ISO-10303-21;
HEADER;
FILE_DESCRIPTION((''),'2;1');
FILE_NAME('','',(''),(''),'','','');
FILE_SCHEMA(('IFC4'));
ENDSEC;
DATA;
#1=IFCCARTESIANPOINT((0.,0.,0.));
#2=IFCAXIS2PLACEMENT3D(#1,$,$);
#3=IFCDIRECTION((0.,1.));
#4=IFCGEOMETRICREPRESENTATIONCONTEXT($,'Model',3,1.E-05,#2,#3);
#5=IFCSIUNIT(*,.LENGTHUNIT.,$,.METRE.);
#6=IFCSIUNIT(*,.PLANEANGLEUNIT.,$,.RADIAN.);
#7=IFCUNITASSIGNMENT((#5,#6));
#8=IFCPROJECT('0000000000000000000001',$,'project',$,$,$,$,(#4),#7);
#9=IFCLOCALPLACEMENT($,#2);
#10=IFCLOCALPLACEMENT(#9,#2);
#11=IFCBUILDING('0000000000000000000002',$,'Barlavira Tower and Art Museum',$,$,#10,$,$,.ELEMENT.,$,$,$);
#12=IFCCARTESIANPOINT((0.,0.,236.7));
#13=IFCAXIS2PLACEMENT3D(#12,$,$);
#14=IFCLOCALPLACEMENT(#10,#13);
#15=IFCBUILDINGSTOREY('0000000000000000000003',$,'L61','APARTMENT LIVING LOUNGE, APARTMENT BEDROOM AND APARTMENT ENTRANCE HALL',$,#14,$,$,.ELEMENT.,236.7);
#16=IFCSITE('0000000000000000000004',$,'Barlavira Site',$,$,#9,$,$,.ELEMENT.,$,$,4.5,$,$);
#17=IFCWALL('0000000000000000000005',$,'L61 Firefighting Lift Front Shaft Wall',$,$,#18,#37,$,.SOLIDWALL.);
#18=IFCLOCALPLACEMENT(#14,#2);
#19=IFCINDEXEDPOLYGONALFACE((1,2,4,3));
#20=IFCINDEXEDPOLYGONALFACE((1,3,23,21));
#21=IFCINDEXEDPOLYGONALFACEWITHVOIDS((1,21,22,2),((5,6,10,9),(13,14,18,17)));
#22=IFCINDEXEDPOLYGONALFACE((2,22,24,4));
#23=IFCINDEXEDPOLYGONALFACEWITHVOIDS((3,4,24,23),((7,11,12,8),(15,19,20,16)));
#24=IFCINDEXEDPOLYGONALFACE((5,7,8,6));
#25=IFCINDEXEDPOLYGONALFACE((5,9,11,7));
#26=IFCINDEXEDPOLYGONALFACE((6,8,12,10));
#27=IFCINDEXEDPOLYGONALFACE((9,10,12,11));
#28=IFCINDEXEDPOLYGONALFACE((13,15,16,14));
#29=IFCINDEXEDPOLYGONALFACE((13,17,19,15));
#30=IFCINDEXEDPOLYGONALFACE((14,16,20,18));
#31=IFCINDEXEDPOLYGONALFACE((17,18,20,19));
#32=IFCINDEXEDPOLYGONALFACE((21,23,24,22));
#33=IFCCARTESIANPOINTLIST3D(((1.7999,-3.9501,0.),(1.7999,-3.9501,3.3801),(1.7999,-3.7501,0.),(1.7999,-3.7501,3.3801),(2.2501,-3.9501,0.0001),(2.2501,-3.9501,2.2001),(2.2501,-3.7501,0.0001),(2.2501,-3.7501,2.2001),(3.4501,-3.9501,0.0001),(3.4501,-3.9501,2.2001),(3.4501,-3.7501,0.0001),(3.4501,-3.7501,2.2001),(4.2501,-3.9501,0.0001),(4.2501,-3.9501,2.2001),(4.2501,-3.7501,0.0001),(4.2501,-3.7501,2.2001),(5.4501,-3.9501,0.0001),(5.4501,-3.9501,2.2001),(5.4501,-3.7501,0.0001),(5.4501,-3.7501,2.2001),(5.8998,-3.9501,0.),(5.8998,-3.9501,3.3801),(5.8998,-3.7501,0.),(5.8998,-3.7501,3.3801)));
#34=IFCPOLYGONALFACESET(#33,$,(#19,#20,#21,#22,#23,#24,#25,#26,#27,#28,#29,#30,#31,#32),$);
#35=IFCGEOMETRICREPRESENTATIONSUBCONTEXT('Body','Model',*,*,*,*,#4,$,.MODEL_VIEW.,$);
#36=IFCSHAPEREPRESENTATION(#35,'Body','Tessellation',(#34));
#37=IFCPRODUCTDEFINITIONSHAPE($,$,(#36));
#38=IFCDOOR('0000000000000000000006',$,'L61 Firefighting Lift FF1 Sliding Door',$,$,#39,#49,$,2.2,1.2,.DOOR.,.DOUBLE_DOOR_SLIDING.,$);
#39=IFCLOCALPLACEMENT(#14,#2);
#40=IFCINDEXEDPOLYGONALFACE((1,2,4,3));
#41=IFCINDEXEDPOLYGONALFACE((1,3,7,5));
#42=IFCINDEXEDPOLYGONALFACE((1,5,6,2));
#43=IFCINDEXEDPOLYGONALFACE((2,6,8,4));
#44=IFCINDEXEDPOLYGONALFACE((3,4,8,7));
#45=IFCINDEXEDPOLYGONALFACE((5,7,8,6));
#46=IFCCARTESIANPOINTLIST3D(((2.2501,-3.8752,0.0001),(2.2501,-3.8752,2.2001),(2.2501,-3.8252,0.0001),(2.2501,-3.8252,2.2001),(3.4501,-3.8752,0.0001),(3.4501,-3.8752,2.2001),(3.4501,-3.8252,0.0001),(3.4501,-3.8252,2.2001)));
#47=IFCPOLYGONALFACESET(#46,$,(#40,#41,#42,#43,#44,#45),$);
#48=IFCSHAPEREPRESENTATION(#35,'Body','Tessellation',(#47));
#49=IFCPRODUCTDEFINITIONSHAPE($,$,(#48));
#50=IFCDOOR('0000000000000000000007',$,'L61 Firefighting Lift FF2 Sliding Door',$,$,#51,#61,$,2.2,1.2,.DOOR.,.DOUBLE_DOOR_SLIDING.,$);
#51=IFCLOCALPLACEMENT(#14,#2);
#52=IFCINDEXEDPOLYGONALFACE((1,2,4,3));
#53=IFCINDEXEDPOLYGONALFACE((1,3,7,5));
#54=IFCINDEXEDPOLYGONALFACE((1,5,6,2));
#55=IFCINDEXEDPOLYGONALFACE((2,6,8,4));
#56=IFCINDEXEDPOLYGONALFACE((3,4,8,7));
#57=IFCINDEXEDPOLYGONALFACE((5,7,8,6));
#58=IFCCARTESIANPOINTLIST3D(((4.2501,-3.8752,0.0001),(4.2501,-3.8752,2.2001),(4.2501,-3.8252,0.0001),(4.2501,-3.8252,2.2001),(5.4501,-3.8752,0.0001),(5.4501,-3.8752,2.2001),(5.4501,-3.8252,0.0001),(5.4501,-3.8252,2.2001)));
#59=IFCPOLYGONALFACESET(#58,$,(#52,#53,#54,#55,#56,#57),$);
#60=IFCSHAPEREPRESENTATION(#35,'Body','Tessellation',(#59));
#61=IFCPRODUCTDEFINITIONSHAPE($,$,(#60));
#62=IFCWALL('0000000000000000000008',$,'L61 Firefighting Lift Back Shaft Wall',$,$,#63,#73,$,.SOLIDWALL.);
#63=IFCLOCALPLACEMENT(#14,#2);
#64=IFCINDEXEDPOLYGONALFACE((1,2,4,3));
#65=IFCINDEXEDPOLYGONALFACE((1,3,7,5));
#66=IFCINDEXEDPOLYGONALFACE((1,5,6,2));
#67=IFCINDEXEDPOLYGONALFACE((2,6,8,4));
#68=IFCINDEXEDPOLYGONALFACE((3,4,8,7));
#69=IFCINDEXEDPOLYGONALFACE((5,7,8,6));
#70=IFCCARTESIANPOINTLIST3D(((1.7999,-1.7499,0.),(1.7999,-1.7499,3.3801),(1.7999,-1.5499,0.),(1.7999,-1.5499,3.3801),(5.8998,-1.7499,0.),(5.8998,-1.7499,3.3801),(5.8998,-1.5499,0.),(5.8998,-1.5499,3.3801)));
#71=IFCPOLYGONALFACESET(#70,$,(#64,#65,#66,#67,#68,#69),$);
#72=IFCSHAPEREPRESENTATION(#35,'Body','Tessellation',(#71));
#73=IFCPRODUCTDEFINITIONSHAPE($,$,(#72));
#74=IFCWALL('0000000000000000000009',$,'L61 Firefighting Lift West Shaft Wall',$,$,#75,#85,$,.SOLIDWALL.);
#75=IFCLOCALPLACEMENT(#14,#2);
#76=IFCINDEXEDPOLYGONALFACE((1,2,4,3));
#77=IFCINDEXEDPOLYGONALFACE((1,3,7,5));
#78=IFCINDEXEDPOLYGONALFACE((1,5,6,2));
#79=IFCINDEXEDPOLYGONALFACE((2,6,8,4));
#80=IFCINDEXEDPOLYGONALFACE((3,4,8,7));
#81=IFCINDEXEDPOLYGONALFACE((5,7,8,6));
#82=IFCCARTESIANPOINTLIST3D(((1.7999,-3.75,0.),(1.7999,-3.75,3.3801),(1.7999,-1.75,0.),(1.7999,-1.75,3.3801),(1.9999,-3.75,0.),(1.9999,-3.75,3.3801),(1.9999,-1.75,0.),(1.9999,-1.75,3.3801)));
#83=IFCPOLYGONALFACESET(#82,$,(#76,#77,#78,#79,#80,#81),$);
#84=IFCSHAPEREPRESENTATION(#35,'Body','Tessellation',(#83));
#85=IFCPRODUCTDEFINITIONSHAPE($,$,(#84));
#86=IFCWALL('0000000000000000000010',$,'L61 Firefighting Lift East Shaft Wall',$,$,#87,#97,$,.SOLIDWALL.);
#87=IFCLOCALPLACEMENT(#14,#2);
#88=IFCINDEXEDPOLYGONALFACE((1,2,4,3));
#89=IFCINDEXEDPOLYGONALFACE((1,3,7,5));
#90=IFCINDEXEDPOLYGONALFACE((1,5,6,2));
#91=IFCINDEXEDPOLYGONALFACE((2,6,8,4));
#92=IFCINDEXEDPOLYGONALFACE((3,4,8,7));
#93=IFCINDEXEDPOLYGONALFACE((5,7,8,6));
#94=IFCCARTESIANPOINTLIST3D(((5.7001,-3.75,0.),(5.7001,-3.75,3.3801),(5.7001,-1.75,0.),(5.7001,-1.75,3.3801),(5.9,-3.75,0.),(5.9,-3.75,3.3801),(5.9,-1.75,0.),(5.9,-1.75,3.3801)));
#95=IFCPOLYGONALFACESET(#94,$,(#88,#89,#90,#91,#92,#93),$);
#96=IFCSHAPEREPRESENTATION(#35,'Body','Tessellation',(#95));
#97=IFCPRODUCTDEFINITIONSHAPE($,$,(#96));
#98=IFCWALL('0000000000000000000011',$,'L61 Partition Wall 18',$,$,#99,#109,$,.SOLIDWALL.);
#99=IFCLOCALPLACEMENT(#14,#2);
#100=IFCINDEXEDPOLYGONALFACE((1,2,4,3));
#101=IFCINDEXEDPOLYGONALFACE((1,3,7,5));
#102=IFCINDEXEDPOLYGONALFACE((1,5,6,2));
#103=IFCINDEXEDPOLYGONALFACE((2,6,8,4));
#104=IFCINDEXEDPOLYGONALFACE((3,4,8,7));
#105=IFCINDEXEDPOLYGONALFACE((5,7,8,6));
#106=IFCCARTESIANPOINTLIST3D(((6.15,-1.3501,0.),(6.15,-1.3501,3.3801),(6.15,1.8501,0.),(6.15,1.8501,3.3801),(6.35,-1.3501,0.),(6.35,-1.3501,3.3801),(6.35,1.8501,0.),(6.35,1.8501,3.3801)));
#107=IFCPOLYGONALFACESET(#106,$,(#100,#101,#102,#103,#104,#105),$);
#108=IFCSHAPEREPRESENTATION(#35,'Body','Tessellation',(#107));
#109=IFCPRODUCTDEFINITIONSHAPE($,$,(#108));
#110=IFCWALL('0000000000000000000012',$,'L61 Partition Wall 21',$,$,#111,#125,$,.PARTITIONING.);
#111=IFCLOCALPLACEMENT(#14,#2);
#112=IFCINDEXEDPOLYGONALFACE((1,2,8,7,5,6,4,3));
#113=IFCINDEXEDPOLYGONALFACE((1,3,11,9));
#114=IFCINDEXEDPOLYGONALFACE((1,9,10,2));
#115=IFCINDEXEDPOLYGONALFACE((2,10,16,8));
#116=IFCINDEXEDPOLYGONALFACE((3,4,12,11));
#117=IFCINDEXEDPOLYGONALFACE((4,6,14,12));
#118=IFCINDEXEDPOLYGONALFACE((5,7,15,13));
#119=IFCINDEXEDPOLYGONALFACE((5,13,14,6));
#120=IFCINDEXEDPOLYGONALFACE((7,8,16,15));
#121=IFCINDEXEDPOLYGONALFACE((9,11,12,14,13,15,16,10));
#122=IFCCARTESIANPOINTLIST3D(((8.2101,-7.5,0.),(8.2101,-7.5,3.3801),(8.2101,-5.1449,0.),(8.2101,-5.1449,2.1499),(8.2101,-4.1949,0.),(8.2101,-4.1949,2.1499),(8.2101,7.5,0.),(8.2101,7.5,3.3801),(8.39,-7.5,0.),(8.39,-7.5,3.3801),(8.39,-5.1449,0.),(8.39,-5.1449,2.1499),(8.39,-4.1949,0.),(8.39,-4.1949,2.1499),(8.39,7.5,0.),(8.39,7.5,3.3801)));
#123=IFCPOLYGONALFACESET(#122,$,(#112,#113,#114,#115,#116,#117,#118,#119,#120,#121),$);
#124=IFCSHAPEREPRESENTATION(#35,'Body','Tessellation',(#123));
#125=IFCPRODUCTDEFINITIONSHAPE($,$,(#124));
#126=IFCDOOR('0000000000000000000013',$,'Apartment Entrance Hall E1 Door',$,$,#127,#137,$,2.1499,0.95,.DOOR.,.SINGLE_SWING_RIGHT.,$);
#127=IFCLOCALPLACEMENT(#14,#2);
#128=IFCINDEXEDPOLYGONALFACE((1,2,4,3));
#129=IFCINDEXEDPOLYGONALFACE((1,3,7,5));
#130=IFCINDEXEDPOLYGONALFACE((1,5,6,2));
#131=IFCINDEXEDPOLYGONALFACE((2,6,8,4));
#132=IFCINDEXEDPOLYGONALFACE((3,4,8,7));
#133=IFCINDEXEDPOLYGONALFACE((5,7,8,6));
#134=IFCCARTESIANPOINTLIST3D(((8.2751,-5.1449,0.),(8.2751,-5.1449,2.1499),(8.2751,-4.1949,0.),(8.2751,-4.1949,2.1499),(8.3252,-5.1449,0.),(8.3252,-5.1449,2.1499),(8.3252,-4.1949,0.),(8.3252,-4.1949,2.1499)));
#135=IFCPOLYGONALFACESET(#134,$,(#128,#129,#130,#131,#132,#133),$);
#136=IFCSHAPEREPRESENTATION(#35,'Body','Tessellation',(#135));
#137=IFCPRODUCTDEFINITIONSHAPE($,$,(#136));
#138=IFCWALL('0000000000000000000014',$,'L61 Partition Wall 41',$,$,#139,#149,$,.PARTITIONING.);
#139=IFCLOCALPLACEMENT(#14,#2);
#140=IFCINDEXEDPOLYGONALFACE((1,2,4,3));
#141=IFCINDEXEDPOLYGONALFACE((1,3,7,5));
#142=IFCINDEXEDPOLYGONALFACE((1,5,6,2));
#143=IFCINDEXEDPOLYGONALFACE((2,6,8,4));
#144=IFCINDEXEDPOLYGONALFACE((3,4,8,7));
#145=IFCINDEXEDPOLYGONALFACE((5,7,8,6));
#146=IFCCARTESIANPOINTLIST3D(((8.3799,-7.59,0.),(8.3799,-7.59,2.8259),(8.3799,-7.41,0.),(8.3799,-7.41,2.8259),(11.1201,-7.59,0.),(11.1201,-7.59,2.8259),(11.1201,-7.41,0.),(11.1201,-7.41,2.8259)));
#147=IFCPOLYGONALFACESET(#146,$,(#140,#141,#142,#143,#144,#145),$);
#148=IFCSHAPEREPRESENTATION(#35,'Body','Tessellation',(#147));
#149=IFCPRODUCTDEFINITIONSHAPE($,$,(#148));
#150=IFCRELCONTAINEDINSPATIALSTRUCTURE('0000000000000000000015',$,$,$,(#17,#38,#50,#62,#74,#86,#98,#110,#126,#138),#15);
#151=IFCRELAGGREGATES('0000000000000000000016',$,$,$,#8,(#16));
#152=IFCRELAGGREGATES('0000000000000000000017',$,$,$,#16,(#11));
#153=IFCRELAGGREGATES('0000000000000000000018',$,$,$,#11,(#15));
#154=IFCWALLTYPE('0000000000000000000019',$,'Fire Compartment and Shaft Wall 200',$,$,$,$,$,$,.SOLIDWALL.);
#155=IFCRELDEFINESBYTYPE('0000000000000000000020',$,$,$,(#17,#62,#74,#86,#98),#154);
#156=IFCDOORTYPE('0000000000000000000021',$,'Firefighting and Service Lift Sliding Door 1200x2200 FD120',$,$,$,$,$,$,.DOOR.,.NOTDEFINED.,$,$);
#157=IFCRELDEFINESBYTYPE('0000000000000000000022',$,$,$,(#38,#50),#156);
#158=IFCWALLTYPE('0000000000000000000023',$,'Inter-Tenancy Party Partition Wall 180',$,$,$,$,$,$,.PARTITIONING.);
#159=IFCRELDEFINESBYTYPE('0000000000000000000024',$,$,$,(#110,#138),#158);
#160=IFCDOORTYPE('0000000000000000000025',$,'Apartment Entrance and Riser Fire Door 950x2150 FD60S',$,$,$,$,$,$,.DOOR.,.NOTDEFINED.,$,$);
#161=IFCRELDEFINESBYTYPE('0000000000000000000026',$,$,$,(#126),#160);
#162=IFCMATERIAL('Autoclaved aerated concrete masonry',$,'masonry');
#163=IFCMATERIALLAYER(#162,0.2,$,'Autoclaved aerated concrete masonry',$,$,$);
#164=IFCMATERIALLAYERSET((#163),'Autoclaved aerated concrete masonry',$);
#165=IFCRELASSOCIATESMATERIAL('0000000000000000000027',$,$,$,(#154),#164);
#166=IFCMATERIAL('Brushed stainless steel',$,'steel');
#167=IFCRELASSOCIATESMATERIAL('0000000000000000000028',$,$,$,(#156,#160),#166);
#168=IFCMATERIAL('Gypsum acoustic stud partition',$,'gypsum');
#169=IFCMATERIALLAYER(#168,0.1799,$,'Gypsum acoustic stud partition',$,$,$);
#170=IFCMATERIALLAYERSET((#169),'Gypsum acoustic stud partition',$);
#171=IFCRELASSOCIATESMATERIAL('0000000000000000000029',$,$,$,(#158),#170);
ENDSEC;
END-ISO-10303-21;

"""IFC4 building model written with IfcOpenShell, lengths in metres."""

from ifc_helpers import new_model, si_unit, direction, frame, frame_2d, origin, place, context, subcontext, project, spatial, rectangle, extrude, material, layer, layer_set, type_object, element, fill, save


model = new_model("IFC4")

# Units and contexts
model_context = context("Model", 3, precision=1e-05, world=origin(), true_north=direction((0.0, 1.0)))
body_context = subcontext(model_context, "Body", "Model", "MODEL_VIEW")
ifc_project = project(units=[si_unit("LENGTHUNIT", "METRE"), si_unit("PLANEANGLEUNIT", "RADIAN")], contexts=[model_context])

# Site, building, storey
site_placement = place(None, origin())
site = spatial("IfcSite", under=ifc_project, at=site_placement, Name="Barlavira Site", CompositionType="ELEMENT", RefElevation=4.5)
building_placement = place(site_placement, origin())
building = spatial("IfcBuilding", under=site, at=building_placement, Name="Barlavira Tower and Art Museum", CompositionType="ELEMENT")
storey_placement = place(building_placement, frame((0.0, 0.0, 236.7)))
storey = spatial("IfcBuildingStorey", under=building, at=storey_placement, Name="L61", Description="APARTMENT LIVING LOUNGE, APARTMENT BEDROOM AND APARTMENT ENTRANCE HALL", CompositionType="ELEMENT", Elevation=236.7)

# Shared definitions
ifc_material_1 = material(Name="Gypsum acoustic stud partition", Category="gypsum")
ifc_material_2 = material(Name="Brushed stainless steel", Category="steel")

# Wall, openings, doors
ifc_material_3 = material(Name="Autoclaved aerated concrete masonry", Category="masonry")
ifc_layer_1 = layer(ifc_material_3, 0.2, Name="Autoclaved aerated concrete masonry")
ifc_layer_set_1 = layer_set([ifc_layer_1], Name="Autoclaved aerated concrete masonry")
wall_type_1 = type_object("IfcWallType", Name="Fire Compartment and Shaft Wall 200", PredefinedType="SOLIDWALL", material=ifc_layer_set_1)
wall_1_placement = place(storey_placement, frame((1.8, -3.8501, 0.0), z_axis=(0.0, 0.0, 1.0), x_axis=(1.0, 0.0, 0.0)))
wall_1 = element("IfcWall", 1, at=wall_1_placement, inside=storey, type_object=wall_type_1, Name="L61 Firefighting Lift Front Shaft Wall", PredefinedType="SOLIDWALL", context=body_context, shape_type="SweptSolid", body=[
    extrude(rectangle(XDim=4.0999, YDim=0.2, at=frame_2d((2.0498, 0.0))), origin(), (0.0, 0.0, 1.0), 3.3801),
])
opening_1_placement = place(wall_1_placement, frame((0.45, 0.0, 0.0)))
opening_1 = element("IfcOpeningElement", 2, at=opening_1_placement, cuts=wall_1, PredefinedType="OPENING", context=body_context, shape_type="SweptSolid", body=[
    extrude(rectangle(XDim=1.2, YDim=2.2, at=frame_2d((0.6001, 1.1001))), frame((0.0, 0.1099, 0.0), z_axis=(0.0, -1.0, 0.0), x_axis=(1.0, 0.0, 0.0)), (0.0, 0.0, 1.0), 0.22),
])
opening_2_placement = place(wall_1_placement, frame((2.45, 0.0, 0.0)))
opening_2 = element("IfcOpeningElement", 3, at=opening_2_placement, cuts=wall_1, PredefinedType="OPENING", context=body_context, shape_type="SweptSolid", body=[
    extrude(rectangle(XDim=1.2, YDim=2.2, at=frame_2d((0.6001, 1.1001))), frame((0.0, 0.1099, 0.0), z_axis=(0.0, -1.0, 0.0), x_axis=(1.0, 0.0, 0.0)), (0.0, 0.0, 1.0), 0.22),
])
door_type_1 = type_object("IfcDoorType", Name="Firefighting and Service Lift Sliding Door 1200x2200 FD120", OperationType="NOTDEFINED", PredefinedType="DOOR", material=ifc_material_2)
door_1_placement = place(opening_1_placement, origin())
door_1 = element("IfcDoor", 4, at=door_1_placement, inside=storey, type_object=door_type_1, Name="L61 Firefighting Lift FF1 Sliding Door", OperationType="DOUBLE_DOOR_SLIDING", OverallHeight=2.2, OverallWidth=1.2, PredefinedType="DOOR", context=body_context, shape_type="SweptSolid", body=[
    extrude(rectangle(XDim=1.2, YDim=2.2, at=frame_2d((0.6001, 1.1001))), frame((0.0, 0.0249, 0.0), z_axis=(0.0, -1.0, 0.0), x_axis=(1.0, 0.0, 0.0)), (0.0, 0.0, 1.0), 0.05),
])
fill(opening_1, door_1)
door_2_placement = place(opening_2_placement, origin())
door_2 = element("IfcDoor", 5, at=door_2_placement, inside=storey, type_object=door_type_1, Name="L61 Firefighting Lift FF2 Sliding Door", OperationType="DOUBLE_DOOR_SLIDING", OverallHeight=2.2, OverallWidth=1.2, PredefinedType="DOOR", context=body_context, shape_type="SweptSolid", body=[
    extrude(rectangle(XDim=1.2, YDim=2.2, at=frame_2d((0.6001, 1.1001))), frame((0.0, 0.0249, 0.0), z_axis=(0.0, -1.0, 0.0), x_axis=(1.0, 0.0, 0.0)), (0.0, 0.0, 1.0), 0.05),
])
fill(opening_2, door_2)

# Walls
wall_2_placement = place(storey_placement, frame((1.8, -1.6499, 0.0), z_axis=(0.0, 0.0, 1.0), x_axis=(1.0, 0.0, 0.0)))
element("IfcWall", 6, at=wall_2_placement, inside=storey, type_object=wall_type_1, Name="L61 Firefighting Lift Back Shaft Wall", PredefinedType="SOLIDWALL", context=body_context, shape_type="SweptSolid", body=[
    extrude(rectangle(XDim=4.0999, YDim=0.2, at=frame_2d((2.0498, 0.0))), origin(), (0.0, 0.0, 1.0), 3.3801),
])
for number, where, z_axis, x_axis, name in (
    (7, (1.8999, -3.75, 0.0), (0.0, 0.0, 1.0), (0.0, 1.0, 0.0), "L61 Firefighting Lift West Shaft Wall"),
    (8, (5.8, -3.75, 0.0), (0.0, 0.0, 1.0), (0.0, 1.0, 0.0), "L61 Firefighting Lift East Shaft Wall"),
):
    element("IfcWall", number, at=place(storey_placement, frame(where, z_axis=z_axis, x_axis=x_axis)), inside=storey, type_object=wall_type_1, Name=name, PredefinedType="SOLIDWALL", context=body_context, shape_type="SweptSolid", body=[
        extrude(rectangle(XDim=2.0, YDim=0.2, at=frame_2d((1.0, 0.0))), origin(), (0.0, 0.0, 1.0), 3.3801),
    ])

# Shared definitions
door_type_2 = type_object("IfcDoorType", Name="Apartment Entrance and Riser Fire Door 950x2150 FD60S", OperationType="NOTDEFINED", PredefinedType="DOOR", material=ifc_material_2)

# Wall
wall_3_placement = place(storey_placement, frame((6.25, -1.3501, 0.0), z_axis=(0.0, 0.0, 1.0), x_axis=(0.0, 1.0, 0.0)))
element("IfcWall", 9, at=wall_3_placement, inside=storey, type_object=wall_type_1, Name="L61 Partition Wall 18", PredefinedType="SOLIDWALL", context=body_context, shape_type="SweptSolid", body=[
    extrude(rectangle(XDim=3.2002, YDim=0.2, at=frame_2d((1.6001, 0.0))), origin(), (0.0, 0.0, 1.0), 3.3801),
])

# Wall, opening, door
ifc_layer_2 = layer(ifc_material_1, 0.1799, Name="Gypsum acoustic stud partition")
ifc_layer_set_2 = layer_set([ifc_layer_2], Name="Gypsum acoustic stud partition")
wall_type_2 = type_object("IfcWallType", Name="Inter-Tenancy Party Partition Wall 180", PredefinedType="PARTITIONING", material=ifc_layer_set_2)
wall_4_placement = place(storey_placement, frame((8.3, -7.5, 0.0), z_axis=(0.0, 0.0, 1.0), x_axis=(0.0, 1.0, 0.0)))
wall_4 = element("IfcWall", 10, at=wall_4_placement, inside=storey, type_object=wall_type_2, Name="L61 Partition Wall 21", PredefinedType="PARTITIONING", context=body_context, shape_type="SweptSolid", body=[
    extrude(rectangle(XDim=15.0, YDim=0.1799, at=frame_2d((7.5, 0.0))), origin(), (0.0, 0.0, 1.0), 3.3801),
])
opening_3_placement = place(wall_4_placement, frame((2.355, 0.0, 0.0)))
opening_3 = element("IfcOpeningElement", 11, at=opening_3_placement, cuts=wall_4, PredefinedType="OPENING", context=body_context, shape_type="SweptSolid", body=[
    extrude(rectangle(XDim=0.95, YDim=2.1499, at=frame_2d((0.4751, 1.075))), frame((0.0, 0.1001, 0.0), z_axis=(0.0, -1.0, 0.0), x_axis=(1.0, 0.0, 0.0)), (0.0, 0.0, 1.0), 0.2),
])
door_3_placement = place(opening_3_placement, origin())
door_3 = element("IfcDoor", 12, at=door_3_placement, inside=storey, type_object=door_type_2, Name="Apartment Entrance Hall E1 Door", OperationType="SINGLE_SWING_RIGHT", OverallHeight=2.1499, OverallWidth=0.95, PredefinedType="DOOR", context=body_context, shape_type="SweptSolid", body=[
    extrude(rectangle(XDim=0.95, YDim=2.1499, at=frame_2d((0.4751, 1.075))), frame((0.0, 0.0249, 0.0), z_axis=(0.0, -1.0, 0.0), x_axis=(1.0, 0.0, 0.0)), (0.0, 0.0, 1.0), 0.05),
])
fill(opening_3, door_3)

# Wall
wall_5_placement = place(storey_placement, frame((8.3799, -7.5, 0.0), z_axis=(0.0, 0.0, 1.0), x_axis=(1.0, 0.0, 0.0)))
element("IfcWall", 13, at=wall_5_placement, inside=storey, type_object=wall_type_2, Name="L61 Partition Wall 41", PredefinedType="PARTITIONING", context=body_context, shape_type="SweptSolid", body=[
    extrude(rectangle(XDim=2.7402, YDim=0.1799, at=frame_2d((1.3701, 0.0))), origin(), (0.0, 0.0, 1.0), 2.8259),
])

save(model, "model.ifc")
